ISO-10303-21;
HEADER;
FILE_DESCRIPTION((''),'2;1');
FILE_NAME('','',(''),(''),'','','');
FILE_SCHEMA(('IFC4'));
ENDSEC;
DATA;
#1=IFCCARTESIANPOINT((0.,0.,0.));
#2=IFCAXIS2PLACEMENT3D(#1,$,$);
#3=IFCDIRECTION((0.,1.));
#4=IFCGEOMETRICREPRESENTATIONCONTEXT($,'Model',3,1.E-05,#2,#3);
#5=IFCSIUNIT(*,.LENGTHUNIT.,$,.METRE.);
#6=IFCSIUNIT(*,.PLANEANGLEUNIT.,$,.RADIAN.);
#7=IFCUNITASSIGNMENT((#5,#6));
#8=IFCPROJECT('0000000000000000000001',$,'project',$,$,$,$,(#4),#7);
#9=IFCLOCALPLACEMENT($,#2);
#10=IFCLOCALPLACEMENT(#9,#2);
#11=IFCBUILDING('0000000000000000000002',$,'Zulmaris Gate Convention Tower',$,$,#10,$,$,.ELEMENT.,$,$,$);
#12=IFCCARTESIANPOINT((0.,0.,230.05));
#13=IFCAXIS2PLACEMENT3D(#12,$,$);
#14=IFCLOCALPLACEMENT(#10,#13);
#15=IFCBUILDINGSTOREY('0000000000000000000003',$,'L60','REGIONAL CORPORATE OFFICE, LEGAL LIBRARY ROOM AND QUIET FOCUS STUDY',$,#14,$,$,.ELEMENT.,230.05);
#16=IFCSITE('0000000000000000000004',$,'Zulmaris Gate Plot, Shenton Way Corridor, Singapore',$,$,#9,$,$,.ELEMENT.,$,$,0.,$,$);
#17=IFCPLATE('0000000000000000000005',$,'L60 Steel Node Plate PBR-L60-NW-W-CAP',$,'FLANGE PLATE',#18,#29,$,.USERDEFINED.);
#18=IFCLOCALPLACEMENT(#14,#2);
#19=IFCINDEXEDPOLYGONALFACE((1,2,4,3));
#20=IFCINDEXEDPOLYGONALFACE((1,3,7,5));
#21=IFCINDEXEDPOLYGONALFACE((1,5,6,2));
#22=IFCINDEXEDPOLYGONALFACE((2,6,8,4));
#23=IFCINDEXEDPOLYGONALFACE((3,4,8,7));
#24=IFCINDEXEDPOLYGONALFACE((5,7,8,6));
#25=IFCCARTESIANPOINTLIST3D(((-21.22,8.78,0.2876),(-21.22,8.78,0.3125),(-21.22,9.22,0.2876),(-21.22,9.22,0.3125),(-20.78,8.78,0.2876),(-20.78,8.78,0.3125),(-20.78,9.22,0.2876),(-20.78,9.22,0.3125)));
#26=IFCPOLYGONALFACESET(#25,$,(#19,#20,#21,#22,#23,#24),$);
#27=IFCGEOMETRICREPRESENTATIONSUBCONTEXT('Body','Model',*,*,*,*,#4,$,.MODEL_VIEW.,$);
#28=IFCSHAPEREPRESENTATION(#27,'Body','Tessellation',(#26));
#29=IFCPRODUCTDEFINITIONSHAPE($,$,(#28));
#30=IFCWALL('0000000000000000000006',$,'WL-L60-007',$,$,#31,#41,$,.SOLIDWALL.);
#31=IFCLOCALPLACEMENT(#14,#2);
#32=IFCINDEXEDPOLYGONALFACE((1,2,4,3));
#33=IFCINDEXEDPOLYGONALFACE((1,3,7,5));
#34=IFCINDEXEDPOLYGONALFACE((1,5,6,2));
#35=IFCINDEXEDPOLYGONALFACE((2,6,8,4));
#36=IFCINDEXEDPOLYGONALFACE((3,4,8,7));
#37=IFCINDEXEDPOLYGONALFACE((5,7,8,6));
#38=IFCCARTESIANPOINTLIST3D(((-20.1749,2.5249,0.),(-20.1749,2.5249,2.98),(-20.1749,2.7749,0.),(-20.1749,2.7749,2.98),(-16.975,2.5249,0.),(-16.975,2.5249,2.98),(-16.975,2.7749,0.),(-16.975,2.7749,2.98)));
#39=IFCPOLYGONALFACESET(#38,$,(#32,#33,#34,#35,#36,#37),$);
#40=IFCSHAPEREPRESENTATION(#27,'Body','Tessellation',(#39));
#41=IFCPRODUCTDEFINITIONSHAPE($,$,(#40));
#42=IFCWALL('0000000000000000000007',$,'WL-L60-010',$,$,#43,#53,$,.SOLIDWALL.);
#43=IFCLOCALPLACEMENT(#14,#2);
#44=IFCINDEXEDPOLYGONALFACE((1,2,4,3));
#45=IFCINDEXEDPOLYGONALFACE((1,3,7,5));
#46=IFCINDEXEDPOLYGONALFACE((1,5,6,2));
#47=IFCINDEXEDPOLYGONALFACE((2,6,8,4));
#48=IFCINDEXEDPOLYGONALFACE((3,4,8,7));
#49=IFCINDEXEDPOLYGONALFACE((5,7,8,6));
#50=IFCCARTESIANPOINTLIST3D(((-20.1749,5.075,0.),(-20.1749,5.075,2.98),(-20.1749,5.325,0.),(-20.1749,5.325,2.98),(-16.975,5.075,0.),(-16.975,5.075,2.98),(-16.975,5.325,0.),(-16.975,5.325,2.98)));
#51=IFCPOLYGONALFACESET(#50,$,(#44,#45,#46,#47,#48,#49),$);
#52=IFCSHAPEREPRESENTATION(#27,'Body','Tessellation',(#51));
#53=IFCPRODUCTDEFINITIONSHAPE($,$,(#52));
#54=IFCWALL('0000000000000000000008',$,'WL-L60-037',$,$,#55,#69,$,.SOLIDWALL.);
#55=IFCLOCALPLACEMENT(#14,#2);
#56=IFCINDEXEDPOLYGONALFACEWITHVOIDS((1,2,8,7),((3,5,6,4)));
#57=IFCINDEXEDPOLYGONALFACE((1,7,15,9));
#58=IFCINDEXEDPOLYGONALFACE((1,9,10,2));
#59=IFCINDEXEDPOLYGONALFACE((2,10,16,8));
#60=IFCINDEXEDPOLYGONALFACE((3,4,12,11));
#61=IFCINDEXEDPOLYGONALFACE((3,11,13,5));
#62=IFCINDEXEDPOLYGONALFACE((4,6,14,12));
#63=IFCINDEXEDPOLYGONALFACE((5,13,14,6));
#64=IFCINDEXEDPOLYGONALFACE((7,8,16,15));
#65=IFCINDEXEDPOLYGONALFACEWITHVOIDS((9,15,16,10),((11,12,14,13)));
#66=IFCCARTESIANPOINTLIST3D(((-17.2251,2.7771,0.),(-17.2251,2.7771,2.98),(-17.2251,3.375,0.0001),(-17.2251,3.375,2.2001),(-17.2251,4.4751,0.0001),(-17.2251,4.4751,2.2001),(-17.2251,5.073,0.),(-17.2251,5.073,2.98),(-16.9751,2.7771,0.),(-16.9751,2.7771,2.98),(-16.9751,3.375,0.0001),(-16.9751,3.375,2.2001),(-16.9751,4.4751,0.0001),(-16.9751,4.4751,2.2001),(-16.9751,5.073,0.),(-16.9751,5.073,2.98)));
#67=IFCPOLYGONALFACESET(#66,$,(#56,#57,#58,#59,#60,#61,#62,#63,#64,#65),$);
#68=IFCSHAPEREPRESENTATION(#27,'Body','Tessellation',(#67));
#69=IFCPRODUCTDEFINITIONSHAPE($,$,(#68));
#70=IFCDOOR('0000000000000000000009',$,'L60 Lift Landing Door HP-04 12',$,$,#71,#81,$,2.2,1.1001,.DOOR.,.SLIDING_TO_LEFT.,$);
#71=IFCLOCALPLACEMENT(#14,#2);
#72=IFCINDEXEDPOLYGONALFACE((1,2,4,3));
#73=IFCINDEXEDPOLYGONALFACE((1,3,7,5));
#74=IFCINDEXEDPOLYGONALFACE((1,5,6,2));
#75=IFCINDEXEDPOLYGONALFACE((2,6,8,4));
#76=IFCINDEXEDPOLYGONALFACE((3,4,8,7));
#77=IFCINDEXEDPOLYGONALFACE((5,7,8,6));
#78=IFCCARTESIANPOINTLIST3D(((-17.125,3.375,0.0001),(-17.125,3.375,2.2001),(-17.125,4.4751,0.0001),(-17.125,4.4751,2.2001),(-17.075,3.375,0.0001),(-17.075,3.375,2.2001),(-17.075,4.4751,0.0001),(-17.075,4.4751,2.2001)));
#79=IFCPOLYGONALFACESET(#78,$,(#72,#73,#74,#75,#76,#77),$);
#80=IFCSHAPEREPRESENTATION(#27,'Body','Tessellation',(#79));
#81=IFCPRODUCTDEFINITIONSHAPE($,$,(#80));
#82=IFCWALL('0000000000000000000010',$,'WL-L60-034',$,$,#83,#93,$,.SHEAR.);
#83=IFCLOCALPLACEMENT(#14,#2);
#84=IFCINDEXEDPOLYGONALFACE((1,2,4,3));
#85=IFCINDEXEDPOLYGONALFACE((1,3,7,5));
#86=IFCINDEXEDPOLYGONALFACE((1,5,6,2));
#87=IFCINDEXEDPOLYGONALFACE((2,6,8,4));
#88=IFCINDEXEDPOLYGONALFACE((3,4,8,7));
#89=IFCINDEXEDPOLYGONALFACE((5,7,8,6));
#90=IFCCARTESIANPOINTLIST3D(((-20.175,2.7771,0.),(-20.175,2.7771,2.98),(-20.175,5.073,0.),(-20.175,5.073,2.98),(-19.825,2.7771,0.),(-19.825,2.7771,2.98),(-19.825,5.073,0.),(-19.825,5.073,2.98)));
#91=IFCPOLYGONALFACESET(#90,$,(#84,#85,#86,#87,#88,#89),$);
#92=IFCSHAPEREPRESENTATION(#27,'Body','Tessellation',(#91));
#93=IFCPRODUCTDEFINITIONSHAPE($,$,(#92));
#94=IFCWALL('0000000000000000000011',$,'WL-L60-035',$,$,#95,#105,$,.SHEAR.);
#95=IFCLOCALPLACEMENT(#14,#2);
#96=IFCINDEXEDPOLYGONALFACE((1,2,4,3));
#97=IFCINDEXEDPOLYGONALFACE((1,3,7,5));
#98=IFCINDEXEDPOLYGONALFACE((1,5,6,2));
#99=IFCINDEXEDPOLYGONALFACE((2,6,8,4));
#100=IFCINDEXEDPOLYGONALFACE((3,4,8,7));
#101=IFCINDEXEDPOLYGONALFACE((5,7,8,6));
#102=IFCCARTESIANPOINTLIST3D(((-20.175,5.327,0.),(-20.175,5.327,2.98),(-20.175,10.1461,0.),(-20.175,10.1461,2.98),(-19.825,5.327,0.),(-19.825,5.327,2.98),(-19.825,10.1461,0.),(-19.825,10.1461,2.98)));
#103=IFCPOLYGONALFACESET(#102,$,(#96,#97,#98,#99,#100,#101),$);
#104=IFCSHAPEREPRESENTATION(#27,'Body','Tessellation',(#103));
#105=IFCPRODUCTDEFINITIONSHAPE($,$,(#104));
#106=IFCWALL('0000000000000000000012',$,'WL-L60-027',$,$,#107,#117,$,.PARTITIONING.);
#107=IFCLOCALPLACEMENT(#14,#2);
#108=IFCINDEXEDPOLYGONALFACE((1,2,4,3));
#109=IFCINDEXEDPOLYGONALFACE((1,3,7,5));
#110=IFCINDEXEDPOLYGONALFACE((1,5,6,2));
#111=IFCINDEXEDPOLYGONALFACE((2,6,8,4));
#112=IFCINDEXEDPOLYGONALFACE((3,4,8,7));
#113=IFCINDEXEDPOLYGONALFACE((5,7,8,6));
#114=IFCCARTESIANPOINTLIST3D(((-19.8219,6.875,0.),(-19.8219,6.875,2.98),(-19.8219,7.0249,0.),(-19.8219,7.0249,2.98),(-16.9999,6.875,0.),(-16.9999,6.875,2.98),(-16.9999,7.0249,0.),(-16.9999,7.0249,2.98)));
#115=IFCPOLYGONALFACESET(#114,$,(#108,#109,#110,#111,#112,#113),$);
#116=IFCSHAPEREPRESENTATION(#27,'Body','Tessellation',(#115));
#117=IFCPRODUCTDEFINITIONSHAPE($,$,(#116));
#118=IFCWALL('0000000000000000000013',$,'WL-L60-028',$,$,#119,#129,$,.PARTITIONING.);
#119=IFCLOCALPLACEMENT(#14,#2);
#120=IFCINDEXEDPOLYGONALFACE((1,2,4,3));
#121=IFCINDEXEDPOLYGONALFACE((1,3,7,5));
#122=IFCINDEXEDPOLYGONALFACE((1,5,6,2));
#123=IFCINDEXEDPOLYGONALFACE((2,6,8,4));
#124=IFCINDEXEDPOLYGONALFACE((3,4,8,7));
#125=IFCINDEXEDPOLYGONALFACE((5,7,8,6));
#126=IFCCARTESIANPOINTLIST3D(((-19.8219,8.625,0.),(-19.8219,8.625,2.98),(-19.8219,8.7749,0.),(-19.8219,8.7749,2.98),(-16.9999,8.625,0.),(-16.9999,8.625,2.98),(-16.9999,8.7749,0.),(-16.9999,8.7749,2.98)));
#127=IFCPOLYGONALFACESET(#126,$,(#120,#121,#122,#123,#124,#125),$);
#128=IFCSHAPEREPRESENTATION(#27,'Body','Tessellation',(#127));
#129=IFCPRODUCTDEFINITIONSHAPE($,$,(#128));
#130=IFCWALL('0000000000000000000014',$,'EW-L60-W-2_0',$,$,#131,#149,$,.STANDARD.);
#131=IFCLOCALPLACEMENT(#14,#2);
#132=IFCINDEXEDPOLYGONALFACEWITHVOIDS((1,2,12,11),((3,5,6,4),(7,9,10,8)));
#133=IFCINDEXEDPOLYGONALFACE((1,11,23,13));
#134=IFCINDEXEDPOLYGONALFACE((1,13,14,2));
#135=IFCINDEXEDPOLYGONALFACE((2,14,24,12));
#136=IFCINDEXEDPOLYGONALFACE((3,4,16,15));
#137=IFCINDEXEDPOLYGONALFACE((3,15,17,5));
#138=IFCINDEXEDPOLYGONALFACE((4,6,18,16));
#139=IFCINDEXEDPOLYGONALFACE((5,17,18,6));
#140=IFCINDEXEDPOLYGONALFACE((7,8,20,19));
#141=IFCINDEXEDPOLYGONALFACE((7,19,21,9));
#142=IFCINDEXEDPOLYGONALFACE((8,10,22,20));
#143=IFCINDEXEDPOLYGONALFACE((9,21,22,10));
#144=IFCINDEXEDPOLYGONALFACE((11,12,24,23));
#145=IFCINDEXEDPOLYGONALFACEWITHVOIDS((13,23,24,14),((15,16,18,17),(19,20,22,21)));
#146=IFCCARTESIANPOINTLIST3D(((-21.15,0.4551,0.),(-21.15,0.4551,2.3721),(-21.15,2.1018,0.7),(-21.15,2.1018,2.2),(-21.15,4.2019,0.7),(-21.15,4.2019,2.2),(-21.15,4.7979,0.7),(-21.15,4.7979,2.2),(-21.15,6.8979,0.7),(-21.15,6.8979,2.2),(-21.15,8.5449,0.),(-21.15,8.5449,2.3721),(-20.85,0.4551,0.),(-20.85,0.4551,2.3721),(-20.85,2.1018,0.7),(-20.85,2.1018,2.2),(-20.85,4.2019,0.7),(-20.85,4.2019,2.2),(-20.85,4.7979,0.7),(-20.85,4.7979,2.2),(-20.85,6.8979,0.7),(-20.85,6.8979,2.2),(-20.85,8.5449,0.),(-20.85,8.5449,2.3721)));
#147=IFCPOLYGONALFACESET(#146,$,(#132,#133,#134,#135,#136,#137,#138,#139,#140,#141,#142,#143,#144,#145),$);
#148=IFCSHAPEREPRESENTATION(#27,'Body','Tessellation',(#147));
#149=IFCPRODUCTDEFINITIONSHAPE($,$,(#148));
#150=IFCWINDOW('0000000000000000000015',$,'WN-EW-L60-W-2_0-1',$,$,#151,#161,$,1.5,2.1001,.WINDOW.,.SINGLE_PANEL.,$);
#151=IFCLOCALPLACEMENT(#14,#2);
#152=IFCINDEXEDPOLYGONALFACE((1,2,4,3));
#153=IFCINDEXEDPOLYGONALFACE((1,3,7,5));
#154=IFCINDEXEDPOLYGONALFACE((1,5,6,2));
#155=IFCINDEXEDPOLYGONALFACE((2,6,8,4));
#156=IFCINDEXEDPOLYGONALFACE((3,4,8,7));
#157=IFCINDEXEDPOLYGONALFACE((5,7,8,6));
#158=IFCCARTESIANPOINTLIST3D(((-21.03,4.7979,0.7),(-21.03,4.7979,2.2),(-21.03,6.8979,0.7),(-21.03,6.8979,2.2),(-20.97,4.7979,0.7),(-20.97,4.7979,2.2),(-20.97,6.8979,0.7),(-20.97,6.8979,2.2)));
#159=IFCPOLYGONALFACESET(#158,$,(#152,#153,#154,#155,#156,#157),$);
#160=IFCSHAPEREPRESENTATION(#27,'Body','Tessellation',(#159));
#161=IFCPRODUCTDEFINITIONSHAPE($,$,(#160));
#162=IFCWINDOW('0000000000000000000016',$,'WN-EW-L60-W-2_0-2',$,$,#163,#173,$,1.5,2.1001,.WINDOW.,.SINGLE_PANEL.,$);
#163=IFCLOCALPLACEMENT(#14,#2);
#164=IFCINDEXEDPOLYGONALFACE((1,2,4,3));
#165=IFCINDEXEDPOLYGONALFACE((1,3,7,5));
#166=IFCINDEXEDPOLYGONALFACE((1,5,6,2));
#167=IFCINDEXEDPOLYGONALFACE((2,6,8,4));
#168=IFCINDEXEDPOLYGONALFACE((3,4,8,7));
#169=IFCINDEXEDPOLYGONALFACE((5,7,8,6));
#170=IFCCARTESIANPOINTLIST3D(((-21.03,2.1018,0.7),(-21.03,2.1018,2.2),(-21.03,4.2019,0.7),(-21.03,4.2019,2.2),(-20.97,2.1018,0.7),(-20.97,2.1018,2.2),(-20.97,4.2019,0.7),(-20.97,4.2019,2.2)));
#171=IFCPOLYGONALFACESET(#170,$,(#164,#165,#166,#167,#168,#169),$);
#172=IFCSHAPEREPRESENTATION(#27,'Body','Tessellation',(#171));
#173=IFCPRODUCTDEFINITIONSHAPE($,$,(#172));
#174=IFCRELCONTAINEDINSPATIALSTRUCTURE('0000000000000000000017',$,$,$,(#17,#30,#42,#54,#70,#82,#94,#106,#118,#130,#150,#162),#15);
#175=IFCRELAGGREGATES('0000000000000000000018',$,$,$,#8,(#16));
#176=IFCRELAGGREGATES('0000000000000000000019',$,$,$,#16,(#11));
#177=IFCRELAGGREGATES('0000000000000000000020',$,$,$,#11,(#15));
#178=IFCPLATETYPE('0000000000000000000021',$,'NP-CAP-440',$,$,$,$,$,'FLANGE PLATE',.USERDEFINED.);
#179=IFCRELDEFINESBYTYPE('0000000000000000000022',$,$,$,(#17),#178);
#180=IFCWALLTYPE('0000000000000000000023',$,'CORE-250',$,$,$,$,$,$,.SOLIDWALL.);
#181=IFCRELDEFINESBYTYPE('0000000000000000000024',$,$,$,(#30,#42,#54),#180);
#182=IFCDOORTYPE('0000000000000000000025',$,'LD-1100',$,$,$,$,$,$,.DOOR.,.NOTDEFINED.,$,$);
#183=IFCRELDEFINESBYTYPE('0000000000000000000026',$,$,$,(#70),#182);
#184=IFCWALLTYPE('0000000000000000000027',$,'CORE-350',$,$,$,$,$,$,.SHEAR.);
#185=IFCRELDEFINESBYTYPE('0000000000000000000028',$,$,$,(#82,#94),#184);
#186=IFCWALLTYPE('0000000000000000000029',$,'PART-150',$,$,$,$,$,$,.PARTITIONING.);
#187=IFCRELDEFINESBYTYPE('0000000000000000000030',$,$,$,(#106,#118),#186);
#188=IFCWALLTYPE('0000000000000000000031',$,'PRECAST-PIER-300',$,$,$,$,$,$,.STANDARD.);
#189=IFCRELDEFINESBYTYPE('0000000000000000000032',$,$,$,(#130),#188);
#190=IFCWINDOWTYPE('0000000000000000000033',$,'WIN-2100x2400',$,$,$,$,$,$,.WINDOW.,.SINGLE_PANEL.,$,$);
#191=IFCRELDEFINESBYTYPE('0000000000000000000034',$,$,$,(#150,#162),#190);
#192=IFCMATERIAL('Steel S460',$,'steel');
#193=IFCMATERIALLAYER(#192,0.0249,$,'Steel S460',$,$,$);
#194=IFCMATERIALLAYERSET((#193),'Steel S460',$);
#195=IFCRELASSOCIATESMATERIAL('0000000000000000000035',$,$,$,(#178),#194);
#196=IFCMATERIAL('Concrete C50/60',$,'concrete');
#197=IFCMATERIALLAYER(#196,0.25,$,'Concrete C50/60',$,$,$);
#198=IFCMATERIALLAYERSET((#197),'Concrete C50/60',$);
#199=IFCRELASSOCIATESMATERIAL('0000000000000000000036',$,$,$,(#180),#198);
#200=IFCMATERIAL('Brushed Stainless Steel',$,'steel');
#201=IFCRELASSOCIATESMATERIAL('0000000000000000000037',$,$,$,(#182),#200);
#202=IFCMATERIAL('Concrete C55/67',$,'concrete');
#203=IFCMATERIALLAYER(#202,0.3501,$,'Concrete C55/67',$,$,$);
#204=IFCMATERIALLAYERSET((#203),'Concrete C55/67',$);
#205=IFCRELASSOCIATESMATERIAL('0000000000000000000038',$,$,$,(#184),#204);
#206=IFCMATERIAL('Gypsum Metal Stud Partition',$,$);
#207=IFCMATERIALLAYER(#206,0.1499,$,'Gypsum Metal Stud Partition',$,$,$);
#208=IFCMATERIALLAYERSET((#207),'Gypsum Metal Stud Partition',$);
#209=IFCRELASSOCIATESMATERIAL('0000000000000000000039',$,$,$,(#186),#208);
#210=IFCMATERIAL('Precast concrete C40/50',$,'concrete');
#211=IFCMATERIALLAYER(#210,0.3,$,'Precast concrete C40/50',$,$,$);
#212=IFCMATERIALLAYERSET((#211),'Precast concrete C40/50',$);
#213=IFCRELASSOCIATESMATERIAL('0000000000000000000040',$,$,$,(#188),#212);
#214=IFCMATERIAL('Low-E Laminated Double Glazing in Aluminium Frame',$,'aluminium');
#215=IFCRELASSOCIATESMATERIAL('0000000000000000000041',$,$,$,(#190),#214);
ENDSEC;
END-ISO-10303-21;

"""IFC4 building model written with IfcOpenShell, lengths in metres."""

from ifc_helpers import new_model, si_unit, direction, frame, frame_2d, origin, origin_2d, place, context, subcontext, project, spatial, rectangle, extrude, material, layer, layer_set, type_object, element, fill, save


model = new_model("IFC4")

# Units and contexts
model_context = context("Model", 3, precision=1e-05, world=origin(), true_north=direction((0.0, 1.0)))
body_context = subcontext(model_context, "Body", "Model", "MODEL_VIEW")
ifc_project = project(units=[si_unit("LENGTHUNIT", "METRE"), si_unit("PLANEANGLEUNIT", "RADIAN")], contexts=[model_context])

# Site, building, storey
site_placement = place(None, origin())
site = spatial("IfcSite", under=ifc_project, at=site_placement, Name="Zulmaris Gate Plot, Shenton Way Corridor, Singapore", CompositionType="ELEMENT", RefElevation=0.0)
building_placement = place(site_placement, origin())
building = spatial("IfcBuilding", under=site, at=building_placement, Name="Zulmaris Gate Convention Tower", CompositionType="ELEMENT")
storey_placement = place(building_placement, frame((0.0, 0.0, 230.05)))
storey = spatial("IfcBuildingStorey", under=building, at=storey_placement, Name="L60", Description="REGIONAL CORPORATE OFFICE, LEGAL LIBRARY ROOM AND QUIET FOCUS STUDY", CompositionType="ELEMENT", Elevation=230.05)

# Shared definitions
ifc_material_1 = material(Name="Concrete C50/60", Category="concrete")

# Plate
ifc_material_2 = material(Name="Steel S460", Category="steel")
ifc_layer_1 = layer(ifc_material_2, 0.0249, Name="Steel S460")
ifc_layer_set_1 = layer_set([ifc_layer_1], Name="Steel S460")
plate_type = type_object("IfcPlateType", Name="NP-CAP-440", ElementType="FLANGE PLATE", PredefinedType="USERDEFINED", material=ifc_layer_set_1)
plate_placement = place(storey_placement, frame((-21.0, 9.0, 0.2876), z_axis=(0.0, 0.0, 1.0), x_axis=(1.0, 0.0, 0.0)))
element("IfcPlate", 1, at=plate_placement, inside=storey, type_object=plate_type, Name="L60 Steel Node Plate PBR-L60-NW-W-CAP", ObjectType="FLANGE PLATE", PredefinedType="USERDEFINED", context=body_context, shape_type="SweptSolid", body=[
    extrude(rectangle(XDim=0.4399, YDim=0.4399, at=origin_2d()), origin(), (0.0, 0.0, 1.0), 0.0249),
])

# Walls
ifc_layer_2 = layer(ifc_material_1, 0.25, Name="Concrete C50/60")
ifc_layer_set_2 = layer_set([ifc_layer_2], Name="Concrete C50/60")
wall_type_1 = type_object("IfcWallType", Name="CORE-250", PredefinedType="SOLIDWALL", material=ifc_layer_set_2)
for number, where, z_axis, x_axis, name in (
    (2, (-20.175, 2.6499, 0.0), (0.0, 0.0, 1.0), (1.0, 0.0, 0.0), "WL-L60-007"),
    (3, (-20.175, 5.2, 0.0), (0.0, 0.0, 1.0), (1.0, 0.0, 0.0), "WL-L60-010"),
):
    element("IfcWall", number, at=place(storey_placement, frame(where, z_axis=z_axis, x_axis=x_axis)), inside=storey, type_object=wall_type_1, Name=name, PredefinedType="SOLIDWALL", context=body_context, shape_type="SweptSolid", body=[
        extrude(rectangle(XDim=3.2, YDim=0.25, at=frame_2d((1.6001, 0.0))), origin(), (0.0, 0.0, 1.0), 2.98),
    ])

# Wall, opening, door
wall_1_placement = place(storey_placement, frame((-17.1001, 2.7771, 0.0), z_axis=(0.0, 0.0, 1.0), x_axis=(0.0, 1.0, 0.0)))
wall_1 = element("IfcWall", 4, at=wall_1_placement, inside=storey, type_object=wall_type_1, Name="WL-L60-037", PredefinedType="SOLIDWALL", context=body_context, shape_type="SweptSolid", body=[
    extrude(rectangle(XDim=2.2959, YDim=0.25, at=frame_2d((1.1479, 0.0))), origin(), (0.0, 0.0, 1.0), 2.98),
])
opening_1_placement = place(wall_1_placement, frame((0.5979, 0.0, 0.0)))
opening_1 = element("IfcOpeningElement", 5, at=opening_1_placement, cuts=wall_1, PredefinedType="OPENING", context=body_context, shape_type="SweptSolid", body=[
    extrude(rectangle(XDim=1.1001, YDim=2.2, at=frame_2d((0.55, 1.1001))), frame((0.0, 0.135, 0.0), z_axis=(0.0, -1.0, 0.0), x_axis=(1.0, 0.0, 0.0)), (0.0, 0.0, 1.0), 0.27),
])
ifc_material_3 = material(Name="Brushed Stainless Steel", Category="steel")
door_type_1 = type_object("IfcDoorType", Name="LD-1100", OperationType="NOTDEFINED", PredefinedType="DOOR", material=ifc_material_3)
door_1_placement = place(opening_1_placement, origin())
door_1 = element("IfcDoor", 6, at=door_1_placement, inside=storey, type_object=door_type_1, Name="L60 Lift Landing Door HP-04 12", OperationType="SLIDING_TO_LEFT", OverallHeight=2.2, OverallWidth=1.1001, PredefinedType="DOOR", context=body_context, shape_type="SweptSolid", body=[
    extrude(rectangle(XDim=1.1001, YDim=2.2, at=frame_2d((0.55, 1.1001))), frame((0.0, 0.0249, 0.0), z_axis=(0.0, -1.0, 0.0), x_axis=(1.0, 0.0, 0.0)), (0.0, 0.0, 1.0), 0.05),
])
fill(opening_1, door_1)

# Walls
ifc_material_4 = material(Name="Concrete C55/67", Category="concrete")
ifc_layer_3 = layer(ifc_material_4, 0.3501, Name="Concrete C55/67")
ifc_layer_set_3 = layer_set([ifc_layer_3], Name="Concrete C55/67")
wall_type_2 = type_object("IfcWallType", Name="CORE-350", PredefinedType="SHEAR", material=ifc_layer_set_3)
wall_2_placement = place(storey_placement, frame((-20.0, 2.7771, 0.0), z_axis=(0.0, 0.0, 1.0), x_axis=(0.0, 1.0, 0.0)))
element("IfcWall", 7, at=wall_2_placement, inside=storey, type_object=wall_type_2, Name="WL-L60-034", PredefinedType="SHEAR", context=body_context, shape_type="SweptSolid", body=[
    extrude(rectangle(XDim=2.2959, YDim=0.3501, at=frame_2d((1.1479, 0.0))), origin(), (0.0, 0.0, 1.0), 2.98),
])
wall_3_placement = place(storey_placement, frame((-20.0, 5.3269, 0.0), z_axis=(0.0, 0.0, 1.0), x_axis=(0.0, 1.0, 0.0)))
element("IfcWall", 8, at=wall_3_placement, inside=storey, type_object=wall_type_2, Name="WL-L60-035", PredefinedType="SHEAR", context=body_context, shape_type="SweptSolid", body=[
    extrude(rectangle(XDim=4.8191, YDim=0.3501, at=frame_2d((2.4097, 0.0))), origin(), (0.0, 0.0, 1.0), 2.98),
])
ifc_material_5 = material(Name="Gypsum Metal Stud Partition")
ifc_layer_4 = layer(ifc_material_5, 0.1499, Name="Gypsum Metal Stud Partition")
ifc_layer_set_4 = layer_set([ifc_layer_4], Name="Gypsum Metal Stud Partition")
wall_type_3 = type_object("IfcWallType", Name="PART-150", PredefinedType="PARTITIONING", material=ifc_layer_set_4)
for number, where, z_axis, x_axis, name in (
    (9, (-19.822, 6.95, 0.0), (0.0, 0.0, 1.0), (1.0, 0.0, 0.0), "WL-L60-027"),
    (10, (-19.822, 8.7, 0.0), (0.0, 0.0, 1.0), (1.0, 0.0, 0.0), "WL-L60-028"),
):
    element("IfcWall", number, at=place(storey_placement, frame(where, z_axis=z_axis, x_axis=x_axis)), inside=storey, type_object=wall_type_3, Name=name, PredefinedType="PARTITIONING", context=body_context, shape_type="SweptSolid", body=[
        extrude(rectangle(XDim=2.822, YDim=0.1499, at=frame_2d((1.4111, 0.0))), origin(), (0.0, 0.0, 1.0), 2.98),
    ])

# Wall, openings, windows
ifc_material_6 = material(Name="Precast concrete C40/50", Category="concrete")
ifc_layer_5 = layer(ifc_material_6, 0.3, Name="Precast concrete C40/50")
ifc_layer_set_5 = layer_set([ifc_layer_5], Name="Precast concrete C40/50")
wall_type_4 = type_object("IfcWallType", Name="PRECAST-PIER-300", PredefinedType="STANDARD", material=ifc_layer_set_5)
wall_4_placement = place(storey_placement, frame((-21.0, 8.5449, 0.0), z_axis=(0.0, 0.0, 1.0), x_axis=(0.0, -1.0, 0.0)))
wall_4 = element("IfcWall", 11, at=wall_4_placement, inside=storey, type_object=wall_type_4, Name="EW-L60-W-2_0", PredefinedType="STANDARD", context=body_context, shape_type="SweptSolid", body=[
    extrude(rectangle(XDim=8.0898, YDim=0.3, at=frame_2d((4.0449, 0.0))), origin(), (0.0, 0.0, 1.0), 2.3721),
])
opening_2_placement = place(wall_4_placement, frame((1.647, 0.0, 0.7)))
opening_2 = element("IfcOpeningElement", 12, at=opening_2_placement, cuts=wall_4, PredefinedType="OPENING", context=body_context, shape_type="SweptSolid", body=[
    extrude(rectangle(XDim=2.1001, YDim=1.5, at=frame_2d((1.05, 0.75))), frame((0.0, 0.1602, 0.0), z_axis=(0.0, -1.0, 0.0), x_axis=(1.0, 0.0, 0.0)), (0.0, 0.0, 1.0), 0.3201),
])
opening_3_placement = place(wall_4_placement, frame((4.343, 0.0, 0.7)))
opening_3 = element("IfcOpeningElement", 13, at=opening_3_placement, cuts=wall_4, PredefinedType="OPENING", context=body_context, shape_type="SweptSolid", body=[
    extrude(rectangle(XDim=2.1001, YDim=1.5, at=frame_2d((1.05, 0.75))), frame((0.0, 0.1602, 0.0), z_axis=(0.0, -1.0, 0.0), x_axis=(1.0, 0.0, 0.0)), (0.0, 0.0, 1.0), 0.3201),
])
ifc_material_7 = material(Name="Low-E Laminated Double Glazing in Aluminium Frame", Category="aluminium")
window_type = type_object("IfcWindowType", Name="WIN-2100x2400", PartitioningType="SINGLE_PANEL", PredefinedType="WINDOW", material=ifc_material_7)
window_1_placement = place(opening_2_placement, origin())
window_1 = element("IfcWindow", 14, at=window_1_placement, inside=storey, type_object=window_type, Name="WN-EW-L60-W-2_0-1", OverallHeight=1.5, OverallWidth=2.1001, PartitioningType="SINGLE_PANEL", PredefinedType="WINDOW", context=body_context, shape_type="SweptSolid", body=[
    extrude(rectangle(XDim=2.1001, YDim=1.5, at=frame_2d((1.05, 0.75))), frame((0.0, 0.03, 0.0), z_axis=(0.0, -1.0, 0.0), x_axis=(1.0, 0.0, 0.0)), (0.0, 0.0, 1.0), 0.0601),
])
fill(opening_2, window_1)
window_2_placement = place(opening_3_placement, origin())
window_2 = element("IfcWindow", 15, at=window_2_placement, inside=storey, type_object=window_type, Name="WN-EW-L60-W-2_0-2", OverallHeight=1.5, OverallWidth=2.1001, PartitioningType="SINGLE_PANEL", PredefinedType="WINDOW", context=body_context, shape_type="SweptSolid", body=[
    extrude(rectangle(XDim=2.1001, YDim=1.5, at=frame_2d((1.05, 0.75))), frame((0.0, 0.03, 0.0), z_axis=(0.0, -1.0, 0.0), x_axis=(1.0, 0.0, 0.0)), (0.0, 0.0, 1.0), 0.0601),
])
fill(opening_3, window_2)

save(model, "model.ifc")
